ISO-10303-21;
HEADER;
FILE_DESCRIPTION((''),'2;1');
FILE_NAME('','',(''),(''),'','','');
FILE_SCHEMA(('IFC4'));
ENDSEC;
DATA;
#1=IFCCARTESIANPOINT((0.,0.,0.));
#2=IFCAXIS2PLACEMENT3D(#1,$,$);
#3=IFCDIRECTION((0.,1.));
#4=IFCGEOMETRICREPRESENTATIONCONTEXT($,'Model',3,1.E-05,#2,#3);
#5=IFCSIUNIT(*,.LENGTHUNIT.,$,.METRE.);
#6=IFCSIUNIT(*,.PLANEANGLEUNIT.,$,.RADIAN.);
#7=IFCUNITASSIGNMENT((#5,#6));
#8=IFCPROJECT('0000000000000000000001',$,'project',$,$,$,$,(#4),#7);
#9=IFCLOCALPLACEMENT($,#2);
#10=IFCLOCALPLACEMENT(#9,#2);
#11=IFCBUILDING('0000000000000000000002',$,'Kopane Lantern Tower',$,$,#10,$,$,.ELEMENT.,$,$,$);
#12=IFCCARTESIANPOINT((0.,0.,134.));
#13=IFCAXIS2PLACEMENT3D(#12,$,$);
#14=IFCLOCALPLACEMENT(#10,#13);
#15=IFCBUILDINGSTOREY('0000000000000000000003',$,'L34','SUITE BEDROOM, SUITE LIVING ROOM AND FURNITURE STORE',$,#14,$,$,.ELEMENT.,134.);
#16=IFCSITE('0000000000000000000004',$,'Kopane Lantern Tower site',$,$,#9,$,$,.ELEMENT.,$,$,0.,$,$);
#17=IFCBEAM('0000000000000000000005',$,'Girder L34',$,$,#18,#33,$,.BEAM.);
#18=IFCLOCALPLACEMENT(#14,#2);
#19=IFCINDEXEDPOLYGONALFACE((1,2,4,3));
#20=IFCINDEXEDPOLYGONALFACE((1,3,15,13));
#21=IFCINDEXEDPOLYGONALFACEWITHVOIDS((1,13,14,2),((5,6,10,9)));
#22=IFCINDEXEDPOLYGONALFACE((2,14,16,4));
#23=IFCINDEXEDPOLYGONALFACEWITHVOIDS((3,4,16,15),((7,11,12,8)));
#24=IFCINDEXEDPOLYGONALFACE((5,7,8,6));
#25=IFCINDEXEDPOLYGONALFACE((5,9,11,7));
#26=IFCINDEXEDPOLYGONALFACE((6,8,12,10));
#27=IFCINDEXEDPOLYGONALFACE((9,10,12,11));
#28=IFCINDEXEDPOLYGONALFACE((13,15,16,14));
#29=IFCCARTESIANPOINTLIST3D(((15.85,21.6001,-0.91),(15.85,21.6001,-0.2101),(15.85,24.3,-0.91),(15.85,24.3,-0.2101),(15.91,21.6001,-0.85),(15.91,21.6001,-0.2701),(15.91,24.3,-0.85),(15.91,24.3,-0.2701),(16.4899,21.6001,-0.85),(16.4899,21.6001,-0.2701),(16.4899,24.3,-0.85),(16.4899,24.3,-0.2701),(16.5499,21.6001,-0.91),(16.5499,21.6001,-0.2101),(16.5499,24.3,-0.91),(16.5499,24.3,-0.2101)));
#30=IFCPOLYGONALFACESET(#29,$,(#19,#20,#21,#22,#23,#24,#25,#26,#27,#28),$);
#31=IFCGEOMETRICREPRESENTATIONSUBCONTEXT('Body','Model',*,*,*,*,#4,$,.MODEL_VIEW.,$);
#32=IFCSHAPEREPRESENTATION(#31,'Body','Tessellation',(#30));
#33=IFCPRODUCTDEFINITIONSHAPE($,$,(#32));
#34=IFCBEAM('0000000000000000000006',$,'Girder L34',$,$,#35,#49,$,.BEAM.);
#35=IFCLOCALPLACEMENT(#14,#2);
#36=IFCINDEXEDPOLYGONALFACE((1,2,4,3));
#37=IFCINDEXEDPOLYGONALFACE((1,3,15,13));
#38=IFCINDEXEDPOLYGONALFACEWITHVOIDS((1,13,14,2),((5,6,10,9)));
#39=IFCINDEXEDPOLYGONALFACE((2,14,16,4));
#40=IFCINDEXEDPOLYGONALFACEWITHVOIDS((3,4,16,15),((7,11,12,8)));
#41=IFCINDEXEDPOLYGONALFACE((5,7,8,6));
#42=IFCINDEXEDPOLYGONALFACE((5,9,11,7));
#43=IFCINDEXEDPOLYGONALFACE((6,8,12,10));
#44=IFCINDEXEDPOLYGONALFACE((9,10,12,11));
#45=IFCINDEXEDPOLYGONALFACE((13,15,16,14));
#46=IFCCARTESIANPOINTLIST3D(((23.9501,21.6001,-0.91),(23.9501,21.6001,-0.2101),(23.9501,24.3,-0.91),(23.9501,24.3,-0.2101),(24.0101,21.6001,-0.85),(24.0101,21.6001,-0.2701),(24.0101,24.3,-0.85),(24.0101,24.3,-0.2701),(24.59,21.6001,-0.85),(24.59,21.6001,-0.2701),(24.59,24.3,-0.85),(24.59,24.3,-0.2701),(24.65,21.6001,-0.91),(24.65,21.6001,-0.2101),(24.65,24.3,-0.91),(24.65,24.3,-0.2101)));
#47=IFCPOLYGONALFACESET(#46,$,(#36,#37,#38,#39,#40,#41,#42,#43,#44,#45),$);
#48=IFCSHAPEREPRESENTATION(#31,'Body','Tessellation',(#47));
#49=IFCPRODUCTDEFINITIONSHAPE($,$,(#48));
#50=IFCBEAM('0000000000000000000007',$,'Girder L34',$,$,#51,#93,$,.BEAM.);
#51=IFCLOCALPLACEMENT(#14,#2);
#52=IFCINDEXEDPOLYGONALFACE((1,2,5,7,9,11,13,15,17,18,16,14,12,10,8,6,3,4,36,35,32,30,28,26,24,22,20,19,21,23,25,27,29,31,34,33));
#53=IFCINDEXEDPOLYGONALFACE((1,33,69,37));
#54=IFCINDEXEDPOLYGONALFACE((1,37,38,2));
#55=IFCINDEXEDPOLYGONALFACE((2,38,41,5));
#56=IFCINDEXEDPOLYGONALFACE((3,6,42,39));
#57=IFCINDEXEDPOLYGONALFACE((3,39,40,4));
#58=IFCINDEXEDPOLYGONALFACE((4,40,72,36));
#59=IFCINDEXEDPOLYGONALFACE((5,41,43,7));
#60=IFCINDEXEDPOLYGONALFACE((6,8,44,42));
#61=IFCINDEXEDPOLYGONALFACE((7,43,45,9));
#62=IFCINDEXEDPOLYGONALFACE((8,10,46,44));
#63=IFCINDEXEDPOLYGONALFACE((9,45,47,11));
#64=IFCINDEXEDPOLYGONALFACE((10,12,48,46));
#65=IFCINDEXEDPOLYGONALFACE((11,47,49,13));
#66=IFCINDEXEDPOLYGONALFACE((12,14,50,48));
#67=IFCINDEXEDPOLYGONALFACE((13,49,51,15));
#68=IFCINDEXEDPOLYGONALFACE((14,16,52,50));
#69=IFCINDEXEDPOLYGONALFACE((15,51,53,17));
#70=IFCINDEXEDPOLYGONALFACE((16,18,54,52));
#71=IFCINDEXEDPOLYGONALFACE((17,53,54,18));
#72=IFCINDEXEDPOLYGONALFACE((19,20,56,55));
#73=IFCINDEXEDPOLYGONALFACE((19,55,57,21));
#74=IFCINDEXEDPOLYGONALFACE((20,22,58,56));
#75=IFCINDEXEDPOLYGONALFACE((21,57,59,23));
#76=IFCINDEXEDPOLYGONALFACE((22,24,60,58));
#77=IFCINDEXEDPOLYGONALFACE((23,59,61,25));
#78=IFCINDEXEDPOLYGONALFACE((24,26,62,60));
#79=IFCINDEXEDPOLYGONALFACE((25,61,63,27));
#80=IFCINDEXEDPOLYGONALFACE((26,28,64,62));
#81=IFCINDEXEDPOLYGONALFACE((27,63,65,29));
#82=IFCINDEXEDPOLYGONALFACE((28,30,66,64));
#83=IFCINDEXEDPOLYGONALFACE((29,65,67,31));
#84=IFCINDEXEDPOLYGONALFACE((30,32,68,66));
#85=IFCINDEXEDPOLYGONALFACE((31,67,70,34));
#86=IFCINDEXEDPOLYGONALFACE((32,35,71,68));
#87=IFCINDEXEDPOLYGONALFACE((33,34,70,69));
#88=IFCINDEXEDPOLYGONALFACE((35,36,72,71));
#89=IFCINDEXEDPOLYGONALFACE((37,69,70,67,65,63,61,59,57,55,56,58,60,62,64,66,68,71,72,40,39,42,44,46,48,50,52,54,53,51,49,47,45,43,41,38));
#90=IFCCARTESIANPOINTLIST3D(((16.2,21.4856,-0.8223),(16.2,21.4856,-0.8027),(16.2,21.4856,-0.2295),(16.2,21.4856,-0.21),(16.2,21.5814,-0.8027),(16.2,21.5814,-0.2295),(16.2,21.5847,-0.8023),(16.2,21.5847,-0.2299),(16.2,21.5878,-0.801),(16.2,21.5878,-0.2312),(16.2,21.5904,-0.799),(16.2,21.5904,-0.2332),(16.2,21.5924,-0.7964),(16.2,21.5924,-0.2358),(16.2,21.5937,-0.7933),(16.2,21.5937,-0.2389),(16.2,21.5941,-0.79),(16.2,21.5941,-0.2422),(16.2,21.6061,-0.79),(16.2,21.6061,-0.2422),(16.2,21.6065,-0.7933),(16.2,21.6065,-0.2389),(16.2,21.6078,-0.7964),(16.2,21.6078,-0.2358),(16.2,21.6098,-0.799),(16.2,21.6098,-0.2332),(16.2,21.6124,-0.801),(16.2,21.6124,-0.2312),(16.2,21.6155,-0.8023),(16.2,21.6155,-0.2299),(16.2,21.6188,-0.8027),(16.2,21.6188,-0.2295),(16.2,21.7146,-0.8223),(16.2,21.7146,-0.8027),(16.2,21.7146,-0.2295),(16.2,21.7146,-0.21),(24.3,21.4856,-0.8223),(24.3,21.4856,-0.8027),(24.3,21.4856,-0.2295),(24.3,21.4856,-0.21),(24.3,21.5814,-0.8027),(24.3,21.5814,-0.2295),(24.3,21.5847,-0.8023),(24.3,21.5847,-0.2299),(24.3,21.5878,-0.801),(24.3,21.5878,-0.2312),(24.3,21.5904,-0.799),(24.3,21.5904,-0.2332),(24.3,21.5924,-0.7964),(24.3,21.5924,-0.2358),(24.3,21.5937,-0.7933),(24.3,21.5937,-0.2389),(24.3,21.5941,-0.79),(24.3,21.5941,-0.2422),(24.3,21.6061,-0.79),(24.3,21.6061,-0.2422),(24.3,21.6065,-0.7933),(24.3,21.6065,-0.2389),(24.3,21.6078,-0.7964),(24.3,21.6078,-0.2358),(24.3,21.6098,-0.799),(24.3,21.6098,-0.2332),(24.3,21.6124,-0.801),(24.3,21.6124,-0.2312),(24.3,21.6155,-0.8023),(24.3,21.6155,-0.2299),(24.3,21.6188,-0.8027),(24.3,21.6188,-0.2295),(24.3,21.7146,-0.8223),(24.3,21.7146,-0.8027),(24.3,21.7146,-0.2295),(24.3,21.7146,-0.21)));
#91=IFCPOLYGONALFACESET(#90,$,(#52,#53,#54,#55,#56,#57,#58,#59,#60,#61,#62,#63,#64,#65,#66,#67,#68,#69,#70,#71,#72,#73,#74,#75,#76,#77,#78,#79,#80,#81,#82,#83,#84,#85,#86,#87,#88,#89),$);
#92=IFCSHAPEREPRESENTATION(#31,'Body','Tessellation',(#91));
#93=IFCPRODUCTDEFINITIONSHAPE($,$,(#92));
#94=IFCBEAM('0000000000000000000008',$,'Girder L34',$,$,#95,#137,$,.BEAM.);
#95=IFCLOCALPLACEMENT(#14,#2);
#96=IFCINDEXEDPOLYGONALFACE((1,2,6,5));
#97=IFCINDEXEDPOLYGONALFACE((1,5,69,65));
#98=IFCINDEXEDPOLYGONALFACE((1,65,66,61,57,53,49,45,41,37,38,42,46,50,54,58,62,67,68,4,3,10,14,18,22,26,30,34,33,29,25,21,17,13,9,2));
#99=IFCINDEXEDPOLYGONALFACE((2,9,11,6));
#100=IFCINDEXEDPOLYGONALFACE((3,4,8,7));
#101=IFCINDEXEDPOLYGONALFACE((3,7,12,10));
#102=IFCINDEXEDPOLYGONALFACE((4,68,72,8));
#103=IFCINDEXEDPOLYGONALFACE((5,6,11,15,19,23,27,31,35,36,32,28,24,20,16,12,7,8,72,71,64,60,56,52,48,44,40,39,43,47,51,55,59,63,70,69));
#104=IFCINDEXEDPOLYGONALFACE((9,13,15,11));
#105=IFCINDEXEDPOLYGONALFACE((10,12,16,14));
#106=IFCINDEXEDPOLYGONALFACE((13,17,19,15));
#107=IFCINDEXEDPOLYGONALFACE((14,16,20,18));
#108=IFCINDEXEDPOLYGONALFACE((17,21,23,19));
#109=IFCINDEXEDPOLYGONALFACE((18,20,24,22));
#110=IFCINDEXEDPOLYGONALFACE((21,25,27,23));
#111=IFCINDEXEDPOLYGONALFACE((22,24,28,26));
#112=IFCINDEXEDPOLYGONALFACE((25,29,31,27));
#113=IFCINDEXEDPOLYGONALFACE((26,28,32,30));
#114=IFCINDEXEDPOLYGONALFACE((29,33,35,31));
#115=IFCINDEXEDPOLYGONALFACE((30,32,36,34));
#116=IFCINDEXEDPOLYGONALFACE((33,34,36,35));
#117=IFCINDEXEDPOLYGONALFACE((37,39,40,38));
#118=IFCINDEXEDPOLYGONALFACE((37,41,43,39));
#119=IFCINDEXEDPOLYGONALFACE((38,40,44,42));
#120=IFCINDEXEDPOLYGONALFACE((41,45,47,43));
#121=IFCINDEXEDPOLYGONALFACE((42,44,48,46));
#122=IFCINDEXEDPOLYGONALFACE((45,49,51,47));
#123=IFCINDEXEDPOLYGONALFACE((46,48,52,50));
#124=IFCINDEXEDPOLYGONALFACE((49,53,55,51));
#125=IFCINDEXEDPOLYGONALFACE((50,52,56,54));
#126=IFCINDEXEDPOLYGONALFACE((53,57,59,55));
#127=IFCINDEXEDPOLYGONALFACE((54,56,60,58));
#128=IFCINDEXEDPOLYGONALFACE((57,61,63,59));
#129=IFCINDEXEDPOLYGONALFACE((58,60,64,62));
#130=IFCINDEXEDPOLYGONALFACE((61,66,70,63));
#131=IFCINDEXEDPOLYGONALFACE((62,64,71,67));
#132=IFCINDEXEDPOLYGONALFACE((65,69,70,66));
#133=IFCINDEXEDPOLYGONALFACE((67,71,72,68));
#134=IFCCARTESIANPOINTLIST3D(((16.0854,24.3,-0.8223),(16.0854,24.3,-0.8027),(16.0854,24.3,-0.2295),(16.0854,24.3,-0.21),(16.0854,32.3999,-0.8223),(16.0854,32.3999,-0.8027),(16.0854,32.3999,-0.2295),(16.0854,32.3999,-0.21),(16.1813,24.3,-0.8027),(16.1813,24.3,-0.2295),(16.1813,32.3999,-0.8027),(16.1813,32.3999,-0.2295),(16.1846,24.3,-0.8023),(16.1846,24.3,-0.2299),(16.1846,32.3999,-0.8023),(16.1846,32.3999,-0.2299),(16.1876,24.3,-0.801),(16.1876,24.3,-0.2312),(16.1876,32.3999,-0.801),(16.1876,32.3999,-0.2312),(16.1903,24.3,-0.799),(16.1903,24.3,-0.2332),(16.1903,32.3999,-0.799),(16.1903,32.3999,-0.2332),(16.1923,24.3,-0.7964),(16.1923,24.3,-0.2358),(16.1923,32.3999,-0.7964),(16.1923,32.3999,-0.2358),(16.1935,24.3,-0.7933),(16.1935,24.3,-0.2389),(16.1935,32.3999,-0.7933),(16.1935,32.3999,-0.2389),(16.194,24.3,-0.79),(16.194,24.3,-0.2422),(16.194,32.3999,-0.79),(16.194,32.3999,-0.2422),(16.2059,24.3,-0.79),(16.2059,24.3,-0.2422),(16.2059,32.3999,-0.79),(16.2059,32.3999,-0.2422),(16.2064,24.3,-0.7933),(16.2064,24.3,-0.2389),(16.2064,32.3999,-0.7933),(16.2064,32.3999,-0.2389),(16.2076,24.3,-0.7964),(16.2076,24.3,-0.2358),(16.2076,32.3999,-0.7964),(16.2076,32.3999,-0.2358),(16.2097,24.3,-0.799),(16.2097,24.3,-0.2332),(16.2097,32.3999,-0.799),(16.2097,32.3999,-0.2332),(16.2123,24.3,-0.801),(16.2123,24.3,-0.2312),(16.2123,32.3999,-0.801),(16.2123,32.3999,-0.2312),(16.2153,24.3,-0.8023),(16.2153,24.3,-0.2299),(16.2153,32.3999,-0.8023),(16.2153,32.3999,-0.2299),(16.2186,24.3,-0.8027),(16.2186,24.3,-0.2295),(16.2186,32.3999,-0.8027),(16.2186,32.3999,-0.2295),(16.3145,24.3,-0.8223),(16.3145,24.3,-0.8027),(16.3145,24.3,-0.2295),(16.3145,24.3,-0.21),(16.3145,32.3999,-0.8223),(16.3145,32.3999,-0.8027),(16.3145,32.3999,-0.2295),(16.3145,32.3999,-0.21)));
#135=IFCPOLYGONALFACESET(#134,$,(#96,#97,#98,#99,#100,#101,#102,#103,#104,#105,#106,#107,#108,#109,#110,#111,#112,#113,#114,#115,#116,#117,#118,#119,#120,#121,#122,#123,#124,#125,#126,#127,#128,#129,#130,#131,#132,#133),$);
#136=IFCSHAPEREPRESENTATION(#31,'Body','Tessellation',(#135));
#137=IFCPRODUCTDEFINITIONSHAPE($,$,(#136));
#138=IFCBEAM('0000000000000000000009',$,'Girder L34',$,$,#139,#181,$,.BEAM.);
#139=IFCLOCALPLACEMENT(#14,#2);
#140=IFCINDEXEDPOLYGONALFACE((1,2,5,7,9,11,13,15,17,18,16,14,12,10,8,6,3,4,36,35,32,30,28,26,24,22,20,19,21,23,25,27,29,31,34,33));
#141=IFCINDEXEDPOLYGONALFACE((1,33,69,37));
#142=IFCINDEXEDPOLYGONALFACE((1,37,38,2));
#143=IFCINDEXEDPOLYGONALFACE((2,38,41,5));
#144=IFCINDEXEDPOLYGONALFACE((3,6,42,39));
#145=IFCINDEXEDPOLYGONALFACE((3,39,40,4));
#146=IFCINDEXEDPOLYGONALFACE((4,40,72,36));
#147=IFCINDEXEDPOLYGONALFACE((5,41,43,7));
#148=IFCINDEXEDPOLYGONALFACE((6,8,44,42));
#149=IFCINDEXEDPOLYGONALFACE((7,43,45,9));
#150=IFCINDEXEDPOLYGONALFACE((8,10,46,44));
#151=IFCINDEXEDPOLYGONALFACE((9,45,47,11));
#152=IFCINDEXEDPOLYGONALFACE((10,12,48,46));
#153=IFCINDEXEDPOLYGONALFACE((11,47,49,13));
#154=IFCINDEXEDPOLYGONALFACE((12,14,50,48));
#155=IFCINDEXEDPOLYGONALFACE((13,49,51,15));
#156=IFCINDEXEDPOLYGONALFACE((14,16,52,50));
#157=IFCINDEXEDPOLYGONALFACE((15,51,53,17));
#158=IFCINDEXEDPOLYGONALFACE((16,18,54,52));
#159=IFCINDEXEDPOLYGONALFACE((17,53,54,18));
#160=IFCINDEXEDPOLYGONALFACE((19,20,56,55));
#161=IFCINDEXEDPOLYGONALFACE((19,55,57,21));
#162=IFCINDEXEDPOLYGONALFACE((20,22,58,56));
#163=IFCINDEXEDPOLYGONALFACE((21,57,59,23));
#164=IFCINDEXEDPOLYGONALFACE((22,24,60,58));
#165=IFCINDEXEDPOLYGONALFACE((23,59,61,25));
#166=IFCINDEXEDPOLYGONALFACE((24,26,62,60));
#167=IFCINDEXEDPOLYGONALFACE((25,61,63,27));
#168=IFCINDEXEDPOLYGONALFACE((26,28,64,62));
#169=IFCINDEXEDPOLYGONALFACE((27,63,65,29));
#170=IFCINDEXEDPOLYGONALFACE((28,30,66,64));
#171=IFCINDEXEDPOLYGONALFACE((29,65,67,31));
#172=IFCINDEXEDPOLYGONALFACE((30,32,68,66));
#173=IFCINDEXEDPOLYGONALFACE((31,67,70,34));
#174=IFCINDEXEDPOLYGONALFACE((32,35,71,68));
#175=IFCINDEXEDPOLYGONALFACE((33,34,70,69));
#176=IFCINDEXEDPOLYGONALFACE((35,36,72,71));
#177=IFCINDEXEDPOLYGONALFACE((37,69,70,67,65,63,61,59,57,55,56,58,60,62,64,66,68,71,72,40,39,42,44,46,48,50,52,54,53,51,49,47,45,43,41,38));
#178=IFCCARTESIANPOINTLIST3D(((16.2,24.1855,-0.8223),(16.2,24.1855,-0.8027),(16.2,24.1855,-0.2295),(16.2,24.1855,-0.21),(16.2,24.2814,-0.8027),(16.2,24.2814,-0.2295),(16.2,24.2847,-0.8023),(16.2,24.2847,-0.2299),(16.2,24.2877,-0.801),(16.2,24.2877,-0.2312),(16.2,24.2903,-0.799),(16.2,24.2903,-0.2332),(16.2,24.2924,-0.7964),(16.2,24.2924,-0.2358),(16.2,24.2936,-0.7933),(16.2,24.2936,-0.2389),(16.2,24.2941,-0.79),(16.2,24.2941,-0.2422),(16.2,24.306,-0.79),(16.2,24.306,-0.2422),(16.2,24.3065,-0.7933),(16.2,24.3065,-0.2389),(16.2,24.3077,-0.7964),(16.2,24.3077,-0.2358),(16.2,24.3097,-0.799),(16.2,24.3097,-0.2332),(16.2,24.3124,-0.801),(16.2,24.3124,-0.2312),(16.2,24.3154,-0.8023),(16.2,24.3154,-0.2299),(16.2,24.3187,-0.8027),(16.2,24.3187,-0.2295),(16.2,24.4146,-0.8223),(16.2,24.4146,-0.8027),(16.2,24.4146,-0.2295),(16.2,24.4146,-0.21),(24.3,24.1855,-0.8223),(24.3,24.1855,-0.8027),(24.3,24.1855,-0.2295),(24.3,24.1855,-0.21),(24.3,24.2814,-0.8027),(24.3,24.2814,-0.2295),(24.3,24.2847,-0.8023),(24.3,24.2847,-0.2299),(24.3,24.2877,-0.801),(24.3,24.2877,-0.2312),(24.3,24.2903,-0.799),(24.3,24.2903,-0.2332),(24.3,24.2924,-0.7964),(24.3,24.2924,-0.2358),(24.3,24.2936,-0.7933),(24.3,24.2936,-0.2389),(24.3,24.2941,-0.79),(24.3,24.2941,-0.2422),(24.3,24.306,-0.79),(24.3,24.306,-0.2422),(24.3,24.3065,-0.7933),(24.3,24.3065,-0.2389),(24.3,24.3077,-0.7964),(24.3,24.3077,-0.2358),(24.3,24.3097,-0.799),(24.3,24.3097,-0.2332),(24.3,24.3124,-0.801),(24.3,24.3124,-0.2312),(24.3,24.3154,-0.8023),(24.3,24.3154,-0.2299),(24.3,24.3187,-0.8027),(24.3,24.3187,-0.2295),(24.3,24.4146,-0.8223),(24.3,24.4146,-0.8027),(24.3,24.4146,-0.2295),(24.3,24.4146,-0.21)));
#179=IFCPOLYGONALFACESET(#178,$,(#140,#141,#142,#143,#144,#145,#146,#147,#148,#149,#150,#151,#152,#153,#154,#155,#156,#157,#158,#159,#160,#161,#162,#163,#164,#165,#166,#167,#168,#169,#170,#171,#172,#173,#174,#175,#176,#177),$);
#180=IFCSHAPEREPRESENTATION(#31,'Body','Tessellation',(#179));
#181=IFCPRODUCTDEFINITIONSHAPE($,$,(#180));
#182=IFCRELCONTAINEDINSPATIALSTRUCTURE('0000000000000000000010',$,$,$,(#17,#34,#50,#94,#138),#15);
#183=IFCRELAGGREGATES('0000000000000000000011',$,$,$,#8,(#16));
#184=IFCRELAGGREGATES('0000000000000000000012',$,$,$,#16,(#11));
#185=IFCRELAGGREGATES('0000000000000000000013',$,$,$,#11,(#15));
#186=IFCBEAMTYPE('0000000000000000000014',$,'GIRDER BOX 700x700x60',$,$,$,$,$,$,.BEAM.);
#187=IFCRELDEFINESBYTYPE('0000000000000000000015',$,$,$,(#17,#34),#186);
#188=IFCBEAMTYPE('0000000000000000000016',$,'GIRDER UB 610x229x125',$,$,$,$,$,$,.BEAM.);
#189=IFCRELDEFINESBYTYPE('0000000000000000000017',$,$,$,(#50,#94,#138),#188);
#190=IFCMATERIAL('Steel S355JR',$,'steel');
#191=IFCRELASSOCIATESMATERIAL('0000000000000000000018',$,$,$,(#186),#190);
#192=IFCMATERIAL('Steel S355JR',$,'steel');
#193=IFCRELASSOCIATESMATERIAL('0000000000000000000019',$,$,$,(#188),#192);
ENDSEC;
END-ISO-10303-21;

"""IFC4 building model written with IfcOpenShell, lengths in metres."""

from ifc_helpers import new_model, si_unit, direction, frame, origin, origin_2d, place, context, subcontext, project, spatial, hollow_rectangle, i_section, extrude, material, material_profile, profile_set, type_object, element, save


model = new_model("IFC4")

# Units and contexts
model_context = context("Model", 3, precision=1e-05, world=origin(), true_north=direction((0.0, 1.0)))
body_context = subcontext(model_context, "Body", "Model", "MODEL_VIEW")
ifc_project = project(units=[si_unit("LENGTHUNIT", "METRE"), si_unit("PLANEANGLEUNIT", "RADIAN")], contexts=[model_context])

# Site, building, storey
site_placement = place(None, origin())
site = spatial("IfcSite", under=ifc_project, at=site_placement, Name="Kopane Lantern Tower site", CompositionType="ELEMENT", RefElevation=0.0)
building_placement = place(site_placement, origin())
building = spatial("IfcBuilding", under=site, at=building_placement, Name="Kopane Lantern Tower", CompositionType="ELEMENT")
storey_placement = place(building_placement, frame((0.0, 0.0, 134.0)))
storey = spatial("IfcBuildingStorey", under=building, at=storey_placement, Name="L34", Description="SUITE BEDROOM, SUITE LIVING ROOM AND FURNITURE STORE", CompositionType="ELEMENT", Elevation=134.0)

# Beams
ifc_material_1 = material(Name="Steel S355JR", Category="steel")
ifc_material_profile_1 = material_profile(ifc_material_1, hollow_rectangle(XDim=0.7, YDim=0.7, WallThickness=0.0601, at=origin_2d()), Name="BOX 700x700x60")
ifc_profile_set_1 = profile_set([ifc_material_profile_1], Name="Steel S355JR")
beam_type_1 = type_object("IfcBeamType", Name="GIRDER BOX 700x700x60", PredefinedType="BEAM", material=ifc_profile_set_1)
for number, where, z_axis, x_axis, name in (
    (1, (16.2, 21.6001, -0.5601), (0.0, 1.0, 0.0), (-1.0, 0.0, 0.0), "Girder L34"),
    (2, (24.3, 21.6001, -0.5601), (0.0, 1.0, 0.0), (-1.0, 0.0, 0.0), "Girder L34"),
):
    element("IfcBeam", number, at=place(storey_placement, frame(where, z_axis=z_axis, x_axis=x_axis)), inside=storey, type_object=beam_type_1, Name=name, PredefinedType="BEAM", context=body_context, shape_type="SweptSolid", body=[
        extrude(hollow_rectangle(XDim=0.7, YDim=0.7, WallThickness=0.0601, at=origin_2d()), origin(), (0.0, 0.0, 1.0), 2.7),
    ])
ifc_material_2 = material(Name="Steel S355JR", Category="steel")
ifc_material_profile_2 = material_profile(ifc_material_2, i_section(OverallWidth=0.229, OverallDepth=0.6123, WebThickness=0.012, FlangeThickness=0.0195, FilletRadius=0.0127, at=origin_2d()), Name="UB 610x229x125")
ifc_profile_set_2 = profile_set([ifc_material_profile_2], Name="Steel S355JR")
beam_type_2 = type_object("IfcBeamType", Name="GIRDER UB 610x229x125", PredefinedType="BEAM", material=ifc_profile_set_2)
beam_1_placement = place(storey_placement, frame((16.2, 21.6001, -0.5161), z_axis=(1.0, 0.0, 0.0), x_axis=(0.0, 1.0, 0.0)))
element("IfcBeam", 3, at=beam_1_placement, inside=storey, type_object=beam_type_2, Name="Girder L34", PredefinedType="BEAM", context=body_context, shape_type="SweptSolid", body=[
    extrude(i_section(OverallWidth=0.229, OverallDepth=0.6123, WebThickness=0.012, FlangeThickness=0.0195, FilletRadius=0.0127, at=origin_2d()), origin(), (0.0, 0.0, 1.0), 8.1001),
])
beam_2_placement = place(storey_placement, frame((16.2, 24.3, -0.5161), z_axis=(0.0, 1.0, 0.0), x_axis=(-1.0, 0.0, 0.0)))
element("IfcBeam", 4, at=beam_2_placement, inside=storey, type_object=beam_type_2, Name="Girder L34", PredefinedType="BEAM", context=body_context, shape_type="SweptSolid", body=[
    extrude(i_section(OverallWidth=0.229, OverallDepth=0.6123, WebThickness=0.012, FlangeThickness=0.0195, FilletRadius=0.0127, at=origin_2d()), origin(), (0.0, 0.0, 1.0), 8.0999),
])
beam_3_placement = place(storey_placement, frame((16.2, 24.3, -0.5161), z_axis=(1.0, 0.0, 0.0), x_axis=(0.0, 1.0, 0.0)))
element("IfcBeam", 5, at=beam_3_placement, inside=storey, type_object=beam_type_2, Name="Girder L34", PredefinedType="BEAM", context=body_context, shape_type="SweptSolid", body=[
    extrude(i_section(OverallWidth=0.229, OverallDepth=0.6123, WebThickness=0.012, FlangeThickness=0.0195, FilletRadius=0.0127, at=origin_2d()), origin(), (0.0, 0.0, 1.0), 8.1001),
])

save(model, "model.ifc")
